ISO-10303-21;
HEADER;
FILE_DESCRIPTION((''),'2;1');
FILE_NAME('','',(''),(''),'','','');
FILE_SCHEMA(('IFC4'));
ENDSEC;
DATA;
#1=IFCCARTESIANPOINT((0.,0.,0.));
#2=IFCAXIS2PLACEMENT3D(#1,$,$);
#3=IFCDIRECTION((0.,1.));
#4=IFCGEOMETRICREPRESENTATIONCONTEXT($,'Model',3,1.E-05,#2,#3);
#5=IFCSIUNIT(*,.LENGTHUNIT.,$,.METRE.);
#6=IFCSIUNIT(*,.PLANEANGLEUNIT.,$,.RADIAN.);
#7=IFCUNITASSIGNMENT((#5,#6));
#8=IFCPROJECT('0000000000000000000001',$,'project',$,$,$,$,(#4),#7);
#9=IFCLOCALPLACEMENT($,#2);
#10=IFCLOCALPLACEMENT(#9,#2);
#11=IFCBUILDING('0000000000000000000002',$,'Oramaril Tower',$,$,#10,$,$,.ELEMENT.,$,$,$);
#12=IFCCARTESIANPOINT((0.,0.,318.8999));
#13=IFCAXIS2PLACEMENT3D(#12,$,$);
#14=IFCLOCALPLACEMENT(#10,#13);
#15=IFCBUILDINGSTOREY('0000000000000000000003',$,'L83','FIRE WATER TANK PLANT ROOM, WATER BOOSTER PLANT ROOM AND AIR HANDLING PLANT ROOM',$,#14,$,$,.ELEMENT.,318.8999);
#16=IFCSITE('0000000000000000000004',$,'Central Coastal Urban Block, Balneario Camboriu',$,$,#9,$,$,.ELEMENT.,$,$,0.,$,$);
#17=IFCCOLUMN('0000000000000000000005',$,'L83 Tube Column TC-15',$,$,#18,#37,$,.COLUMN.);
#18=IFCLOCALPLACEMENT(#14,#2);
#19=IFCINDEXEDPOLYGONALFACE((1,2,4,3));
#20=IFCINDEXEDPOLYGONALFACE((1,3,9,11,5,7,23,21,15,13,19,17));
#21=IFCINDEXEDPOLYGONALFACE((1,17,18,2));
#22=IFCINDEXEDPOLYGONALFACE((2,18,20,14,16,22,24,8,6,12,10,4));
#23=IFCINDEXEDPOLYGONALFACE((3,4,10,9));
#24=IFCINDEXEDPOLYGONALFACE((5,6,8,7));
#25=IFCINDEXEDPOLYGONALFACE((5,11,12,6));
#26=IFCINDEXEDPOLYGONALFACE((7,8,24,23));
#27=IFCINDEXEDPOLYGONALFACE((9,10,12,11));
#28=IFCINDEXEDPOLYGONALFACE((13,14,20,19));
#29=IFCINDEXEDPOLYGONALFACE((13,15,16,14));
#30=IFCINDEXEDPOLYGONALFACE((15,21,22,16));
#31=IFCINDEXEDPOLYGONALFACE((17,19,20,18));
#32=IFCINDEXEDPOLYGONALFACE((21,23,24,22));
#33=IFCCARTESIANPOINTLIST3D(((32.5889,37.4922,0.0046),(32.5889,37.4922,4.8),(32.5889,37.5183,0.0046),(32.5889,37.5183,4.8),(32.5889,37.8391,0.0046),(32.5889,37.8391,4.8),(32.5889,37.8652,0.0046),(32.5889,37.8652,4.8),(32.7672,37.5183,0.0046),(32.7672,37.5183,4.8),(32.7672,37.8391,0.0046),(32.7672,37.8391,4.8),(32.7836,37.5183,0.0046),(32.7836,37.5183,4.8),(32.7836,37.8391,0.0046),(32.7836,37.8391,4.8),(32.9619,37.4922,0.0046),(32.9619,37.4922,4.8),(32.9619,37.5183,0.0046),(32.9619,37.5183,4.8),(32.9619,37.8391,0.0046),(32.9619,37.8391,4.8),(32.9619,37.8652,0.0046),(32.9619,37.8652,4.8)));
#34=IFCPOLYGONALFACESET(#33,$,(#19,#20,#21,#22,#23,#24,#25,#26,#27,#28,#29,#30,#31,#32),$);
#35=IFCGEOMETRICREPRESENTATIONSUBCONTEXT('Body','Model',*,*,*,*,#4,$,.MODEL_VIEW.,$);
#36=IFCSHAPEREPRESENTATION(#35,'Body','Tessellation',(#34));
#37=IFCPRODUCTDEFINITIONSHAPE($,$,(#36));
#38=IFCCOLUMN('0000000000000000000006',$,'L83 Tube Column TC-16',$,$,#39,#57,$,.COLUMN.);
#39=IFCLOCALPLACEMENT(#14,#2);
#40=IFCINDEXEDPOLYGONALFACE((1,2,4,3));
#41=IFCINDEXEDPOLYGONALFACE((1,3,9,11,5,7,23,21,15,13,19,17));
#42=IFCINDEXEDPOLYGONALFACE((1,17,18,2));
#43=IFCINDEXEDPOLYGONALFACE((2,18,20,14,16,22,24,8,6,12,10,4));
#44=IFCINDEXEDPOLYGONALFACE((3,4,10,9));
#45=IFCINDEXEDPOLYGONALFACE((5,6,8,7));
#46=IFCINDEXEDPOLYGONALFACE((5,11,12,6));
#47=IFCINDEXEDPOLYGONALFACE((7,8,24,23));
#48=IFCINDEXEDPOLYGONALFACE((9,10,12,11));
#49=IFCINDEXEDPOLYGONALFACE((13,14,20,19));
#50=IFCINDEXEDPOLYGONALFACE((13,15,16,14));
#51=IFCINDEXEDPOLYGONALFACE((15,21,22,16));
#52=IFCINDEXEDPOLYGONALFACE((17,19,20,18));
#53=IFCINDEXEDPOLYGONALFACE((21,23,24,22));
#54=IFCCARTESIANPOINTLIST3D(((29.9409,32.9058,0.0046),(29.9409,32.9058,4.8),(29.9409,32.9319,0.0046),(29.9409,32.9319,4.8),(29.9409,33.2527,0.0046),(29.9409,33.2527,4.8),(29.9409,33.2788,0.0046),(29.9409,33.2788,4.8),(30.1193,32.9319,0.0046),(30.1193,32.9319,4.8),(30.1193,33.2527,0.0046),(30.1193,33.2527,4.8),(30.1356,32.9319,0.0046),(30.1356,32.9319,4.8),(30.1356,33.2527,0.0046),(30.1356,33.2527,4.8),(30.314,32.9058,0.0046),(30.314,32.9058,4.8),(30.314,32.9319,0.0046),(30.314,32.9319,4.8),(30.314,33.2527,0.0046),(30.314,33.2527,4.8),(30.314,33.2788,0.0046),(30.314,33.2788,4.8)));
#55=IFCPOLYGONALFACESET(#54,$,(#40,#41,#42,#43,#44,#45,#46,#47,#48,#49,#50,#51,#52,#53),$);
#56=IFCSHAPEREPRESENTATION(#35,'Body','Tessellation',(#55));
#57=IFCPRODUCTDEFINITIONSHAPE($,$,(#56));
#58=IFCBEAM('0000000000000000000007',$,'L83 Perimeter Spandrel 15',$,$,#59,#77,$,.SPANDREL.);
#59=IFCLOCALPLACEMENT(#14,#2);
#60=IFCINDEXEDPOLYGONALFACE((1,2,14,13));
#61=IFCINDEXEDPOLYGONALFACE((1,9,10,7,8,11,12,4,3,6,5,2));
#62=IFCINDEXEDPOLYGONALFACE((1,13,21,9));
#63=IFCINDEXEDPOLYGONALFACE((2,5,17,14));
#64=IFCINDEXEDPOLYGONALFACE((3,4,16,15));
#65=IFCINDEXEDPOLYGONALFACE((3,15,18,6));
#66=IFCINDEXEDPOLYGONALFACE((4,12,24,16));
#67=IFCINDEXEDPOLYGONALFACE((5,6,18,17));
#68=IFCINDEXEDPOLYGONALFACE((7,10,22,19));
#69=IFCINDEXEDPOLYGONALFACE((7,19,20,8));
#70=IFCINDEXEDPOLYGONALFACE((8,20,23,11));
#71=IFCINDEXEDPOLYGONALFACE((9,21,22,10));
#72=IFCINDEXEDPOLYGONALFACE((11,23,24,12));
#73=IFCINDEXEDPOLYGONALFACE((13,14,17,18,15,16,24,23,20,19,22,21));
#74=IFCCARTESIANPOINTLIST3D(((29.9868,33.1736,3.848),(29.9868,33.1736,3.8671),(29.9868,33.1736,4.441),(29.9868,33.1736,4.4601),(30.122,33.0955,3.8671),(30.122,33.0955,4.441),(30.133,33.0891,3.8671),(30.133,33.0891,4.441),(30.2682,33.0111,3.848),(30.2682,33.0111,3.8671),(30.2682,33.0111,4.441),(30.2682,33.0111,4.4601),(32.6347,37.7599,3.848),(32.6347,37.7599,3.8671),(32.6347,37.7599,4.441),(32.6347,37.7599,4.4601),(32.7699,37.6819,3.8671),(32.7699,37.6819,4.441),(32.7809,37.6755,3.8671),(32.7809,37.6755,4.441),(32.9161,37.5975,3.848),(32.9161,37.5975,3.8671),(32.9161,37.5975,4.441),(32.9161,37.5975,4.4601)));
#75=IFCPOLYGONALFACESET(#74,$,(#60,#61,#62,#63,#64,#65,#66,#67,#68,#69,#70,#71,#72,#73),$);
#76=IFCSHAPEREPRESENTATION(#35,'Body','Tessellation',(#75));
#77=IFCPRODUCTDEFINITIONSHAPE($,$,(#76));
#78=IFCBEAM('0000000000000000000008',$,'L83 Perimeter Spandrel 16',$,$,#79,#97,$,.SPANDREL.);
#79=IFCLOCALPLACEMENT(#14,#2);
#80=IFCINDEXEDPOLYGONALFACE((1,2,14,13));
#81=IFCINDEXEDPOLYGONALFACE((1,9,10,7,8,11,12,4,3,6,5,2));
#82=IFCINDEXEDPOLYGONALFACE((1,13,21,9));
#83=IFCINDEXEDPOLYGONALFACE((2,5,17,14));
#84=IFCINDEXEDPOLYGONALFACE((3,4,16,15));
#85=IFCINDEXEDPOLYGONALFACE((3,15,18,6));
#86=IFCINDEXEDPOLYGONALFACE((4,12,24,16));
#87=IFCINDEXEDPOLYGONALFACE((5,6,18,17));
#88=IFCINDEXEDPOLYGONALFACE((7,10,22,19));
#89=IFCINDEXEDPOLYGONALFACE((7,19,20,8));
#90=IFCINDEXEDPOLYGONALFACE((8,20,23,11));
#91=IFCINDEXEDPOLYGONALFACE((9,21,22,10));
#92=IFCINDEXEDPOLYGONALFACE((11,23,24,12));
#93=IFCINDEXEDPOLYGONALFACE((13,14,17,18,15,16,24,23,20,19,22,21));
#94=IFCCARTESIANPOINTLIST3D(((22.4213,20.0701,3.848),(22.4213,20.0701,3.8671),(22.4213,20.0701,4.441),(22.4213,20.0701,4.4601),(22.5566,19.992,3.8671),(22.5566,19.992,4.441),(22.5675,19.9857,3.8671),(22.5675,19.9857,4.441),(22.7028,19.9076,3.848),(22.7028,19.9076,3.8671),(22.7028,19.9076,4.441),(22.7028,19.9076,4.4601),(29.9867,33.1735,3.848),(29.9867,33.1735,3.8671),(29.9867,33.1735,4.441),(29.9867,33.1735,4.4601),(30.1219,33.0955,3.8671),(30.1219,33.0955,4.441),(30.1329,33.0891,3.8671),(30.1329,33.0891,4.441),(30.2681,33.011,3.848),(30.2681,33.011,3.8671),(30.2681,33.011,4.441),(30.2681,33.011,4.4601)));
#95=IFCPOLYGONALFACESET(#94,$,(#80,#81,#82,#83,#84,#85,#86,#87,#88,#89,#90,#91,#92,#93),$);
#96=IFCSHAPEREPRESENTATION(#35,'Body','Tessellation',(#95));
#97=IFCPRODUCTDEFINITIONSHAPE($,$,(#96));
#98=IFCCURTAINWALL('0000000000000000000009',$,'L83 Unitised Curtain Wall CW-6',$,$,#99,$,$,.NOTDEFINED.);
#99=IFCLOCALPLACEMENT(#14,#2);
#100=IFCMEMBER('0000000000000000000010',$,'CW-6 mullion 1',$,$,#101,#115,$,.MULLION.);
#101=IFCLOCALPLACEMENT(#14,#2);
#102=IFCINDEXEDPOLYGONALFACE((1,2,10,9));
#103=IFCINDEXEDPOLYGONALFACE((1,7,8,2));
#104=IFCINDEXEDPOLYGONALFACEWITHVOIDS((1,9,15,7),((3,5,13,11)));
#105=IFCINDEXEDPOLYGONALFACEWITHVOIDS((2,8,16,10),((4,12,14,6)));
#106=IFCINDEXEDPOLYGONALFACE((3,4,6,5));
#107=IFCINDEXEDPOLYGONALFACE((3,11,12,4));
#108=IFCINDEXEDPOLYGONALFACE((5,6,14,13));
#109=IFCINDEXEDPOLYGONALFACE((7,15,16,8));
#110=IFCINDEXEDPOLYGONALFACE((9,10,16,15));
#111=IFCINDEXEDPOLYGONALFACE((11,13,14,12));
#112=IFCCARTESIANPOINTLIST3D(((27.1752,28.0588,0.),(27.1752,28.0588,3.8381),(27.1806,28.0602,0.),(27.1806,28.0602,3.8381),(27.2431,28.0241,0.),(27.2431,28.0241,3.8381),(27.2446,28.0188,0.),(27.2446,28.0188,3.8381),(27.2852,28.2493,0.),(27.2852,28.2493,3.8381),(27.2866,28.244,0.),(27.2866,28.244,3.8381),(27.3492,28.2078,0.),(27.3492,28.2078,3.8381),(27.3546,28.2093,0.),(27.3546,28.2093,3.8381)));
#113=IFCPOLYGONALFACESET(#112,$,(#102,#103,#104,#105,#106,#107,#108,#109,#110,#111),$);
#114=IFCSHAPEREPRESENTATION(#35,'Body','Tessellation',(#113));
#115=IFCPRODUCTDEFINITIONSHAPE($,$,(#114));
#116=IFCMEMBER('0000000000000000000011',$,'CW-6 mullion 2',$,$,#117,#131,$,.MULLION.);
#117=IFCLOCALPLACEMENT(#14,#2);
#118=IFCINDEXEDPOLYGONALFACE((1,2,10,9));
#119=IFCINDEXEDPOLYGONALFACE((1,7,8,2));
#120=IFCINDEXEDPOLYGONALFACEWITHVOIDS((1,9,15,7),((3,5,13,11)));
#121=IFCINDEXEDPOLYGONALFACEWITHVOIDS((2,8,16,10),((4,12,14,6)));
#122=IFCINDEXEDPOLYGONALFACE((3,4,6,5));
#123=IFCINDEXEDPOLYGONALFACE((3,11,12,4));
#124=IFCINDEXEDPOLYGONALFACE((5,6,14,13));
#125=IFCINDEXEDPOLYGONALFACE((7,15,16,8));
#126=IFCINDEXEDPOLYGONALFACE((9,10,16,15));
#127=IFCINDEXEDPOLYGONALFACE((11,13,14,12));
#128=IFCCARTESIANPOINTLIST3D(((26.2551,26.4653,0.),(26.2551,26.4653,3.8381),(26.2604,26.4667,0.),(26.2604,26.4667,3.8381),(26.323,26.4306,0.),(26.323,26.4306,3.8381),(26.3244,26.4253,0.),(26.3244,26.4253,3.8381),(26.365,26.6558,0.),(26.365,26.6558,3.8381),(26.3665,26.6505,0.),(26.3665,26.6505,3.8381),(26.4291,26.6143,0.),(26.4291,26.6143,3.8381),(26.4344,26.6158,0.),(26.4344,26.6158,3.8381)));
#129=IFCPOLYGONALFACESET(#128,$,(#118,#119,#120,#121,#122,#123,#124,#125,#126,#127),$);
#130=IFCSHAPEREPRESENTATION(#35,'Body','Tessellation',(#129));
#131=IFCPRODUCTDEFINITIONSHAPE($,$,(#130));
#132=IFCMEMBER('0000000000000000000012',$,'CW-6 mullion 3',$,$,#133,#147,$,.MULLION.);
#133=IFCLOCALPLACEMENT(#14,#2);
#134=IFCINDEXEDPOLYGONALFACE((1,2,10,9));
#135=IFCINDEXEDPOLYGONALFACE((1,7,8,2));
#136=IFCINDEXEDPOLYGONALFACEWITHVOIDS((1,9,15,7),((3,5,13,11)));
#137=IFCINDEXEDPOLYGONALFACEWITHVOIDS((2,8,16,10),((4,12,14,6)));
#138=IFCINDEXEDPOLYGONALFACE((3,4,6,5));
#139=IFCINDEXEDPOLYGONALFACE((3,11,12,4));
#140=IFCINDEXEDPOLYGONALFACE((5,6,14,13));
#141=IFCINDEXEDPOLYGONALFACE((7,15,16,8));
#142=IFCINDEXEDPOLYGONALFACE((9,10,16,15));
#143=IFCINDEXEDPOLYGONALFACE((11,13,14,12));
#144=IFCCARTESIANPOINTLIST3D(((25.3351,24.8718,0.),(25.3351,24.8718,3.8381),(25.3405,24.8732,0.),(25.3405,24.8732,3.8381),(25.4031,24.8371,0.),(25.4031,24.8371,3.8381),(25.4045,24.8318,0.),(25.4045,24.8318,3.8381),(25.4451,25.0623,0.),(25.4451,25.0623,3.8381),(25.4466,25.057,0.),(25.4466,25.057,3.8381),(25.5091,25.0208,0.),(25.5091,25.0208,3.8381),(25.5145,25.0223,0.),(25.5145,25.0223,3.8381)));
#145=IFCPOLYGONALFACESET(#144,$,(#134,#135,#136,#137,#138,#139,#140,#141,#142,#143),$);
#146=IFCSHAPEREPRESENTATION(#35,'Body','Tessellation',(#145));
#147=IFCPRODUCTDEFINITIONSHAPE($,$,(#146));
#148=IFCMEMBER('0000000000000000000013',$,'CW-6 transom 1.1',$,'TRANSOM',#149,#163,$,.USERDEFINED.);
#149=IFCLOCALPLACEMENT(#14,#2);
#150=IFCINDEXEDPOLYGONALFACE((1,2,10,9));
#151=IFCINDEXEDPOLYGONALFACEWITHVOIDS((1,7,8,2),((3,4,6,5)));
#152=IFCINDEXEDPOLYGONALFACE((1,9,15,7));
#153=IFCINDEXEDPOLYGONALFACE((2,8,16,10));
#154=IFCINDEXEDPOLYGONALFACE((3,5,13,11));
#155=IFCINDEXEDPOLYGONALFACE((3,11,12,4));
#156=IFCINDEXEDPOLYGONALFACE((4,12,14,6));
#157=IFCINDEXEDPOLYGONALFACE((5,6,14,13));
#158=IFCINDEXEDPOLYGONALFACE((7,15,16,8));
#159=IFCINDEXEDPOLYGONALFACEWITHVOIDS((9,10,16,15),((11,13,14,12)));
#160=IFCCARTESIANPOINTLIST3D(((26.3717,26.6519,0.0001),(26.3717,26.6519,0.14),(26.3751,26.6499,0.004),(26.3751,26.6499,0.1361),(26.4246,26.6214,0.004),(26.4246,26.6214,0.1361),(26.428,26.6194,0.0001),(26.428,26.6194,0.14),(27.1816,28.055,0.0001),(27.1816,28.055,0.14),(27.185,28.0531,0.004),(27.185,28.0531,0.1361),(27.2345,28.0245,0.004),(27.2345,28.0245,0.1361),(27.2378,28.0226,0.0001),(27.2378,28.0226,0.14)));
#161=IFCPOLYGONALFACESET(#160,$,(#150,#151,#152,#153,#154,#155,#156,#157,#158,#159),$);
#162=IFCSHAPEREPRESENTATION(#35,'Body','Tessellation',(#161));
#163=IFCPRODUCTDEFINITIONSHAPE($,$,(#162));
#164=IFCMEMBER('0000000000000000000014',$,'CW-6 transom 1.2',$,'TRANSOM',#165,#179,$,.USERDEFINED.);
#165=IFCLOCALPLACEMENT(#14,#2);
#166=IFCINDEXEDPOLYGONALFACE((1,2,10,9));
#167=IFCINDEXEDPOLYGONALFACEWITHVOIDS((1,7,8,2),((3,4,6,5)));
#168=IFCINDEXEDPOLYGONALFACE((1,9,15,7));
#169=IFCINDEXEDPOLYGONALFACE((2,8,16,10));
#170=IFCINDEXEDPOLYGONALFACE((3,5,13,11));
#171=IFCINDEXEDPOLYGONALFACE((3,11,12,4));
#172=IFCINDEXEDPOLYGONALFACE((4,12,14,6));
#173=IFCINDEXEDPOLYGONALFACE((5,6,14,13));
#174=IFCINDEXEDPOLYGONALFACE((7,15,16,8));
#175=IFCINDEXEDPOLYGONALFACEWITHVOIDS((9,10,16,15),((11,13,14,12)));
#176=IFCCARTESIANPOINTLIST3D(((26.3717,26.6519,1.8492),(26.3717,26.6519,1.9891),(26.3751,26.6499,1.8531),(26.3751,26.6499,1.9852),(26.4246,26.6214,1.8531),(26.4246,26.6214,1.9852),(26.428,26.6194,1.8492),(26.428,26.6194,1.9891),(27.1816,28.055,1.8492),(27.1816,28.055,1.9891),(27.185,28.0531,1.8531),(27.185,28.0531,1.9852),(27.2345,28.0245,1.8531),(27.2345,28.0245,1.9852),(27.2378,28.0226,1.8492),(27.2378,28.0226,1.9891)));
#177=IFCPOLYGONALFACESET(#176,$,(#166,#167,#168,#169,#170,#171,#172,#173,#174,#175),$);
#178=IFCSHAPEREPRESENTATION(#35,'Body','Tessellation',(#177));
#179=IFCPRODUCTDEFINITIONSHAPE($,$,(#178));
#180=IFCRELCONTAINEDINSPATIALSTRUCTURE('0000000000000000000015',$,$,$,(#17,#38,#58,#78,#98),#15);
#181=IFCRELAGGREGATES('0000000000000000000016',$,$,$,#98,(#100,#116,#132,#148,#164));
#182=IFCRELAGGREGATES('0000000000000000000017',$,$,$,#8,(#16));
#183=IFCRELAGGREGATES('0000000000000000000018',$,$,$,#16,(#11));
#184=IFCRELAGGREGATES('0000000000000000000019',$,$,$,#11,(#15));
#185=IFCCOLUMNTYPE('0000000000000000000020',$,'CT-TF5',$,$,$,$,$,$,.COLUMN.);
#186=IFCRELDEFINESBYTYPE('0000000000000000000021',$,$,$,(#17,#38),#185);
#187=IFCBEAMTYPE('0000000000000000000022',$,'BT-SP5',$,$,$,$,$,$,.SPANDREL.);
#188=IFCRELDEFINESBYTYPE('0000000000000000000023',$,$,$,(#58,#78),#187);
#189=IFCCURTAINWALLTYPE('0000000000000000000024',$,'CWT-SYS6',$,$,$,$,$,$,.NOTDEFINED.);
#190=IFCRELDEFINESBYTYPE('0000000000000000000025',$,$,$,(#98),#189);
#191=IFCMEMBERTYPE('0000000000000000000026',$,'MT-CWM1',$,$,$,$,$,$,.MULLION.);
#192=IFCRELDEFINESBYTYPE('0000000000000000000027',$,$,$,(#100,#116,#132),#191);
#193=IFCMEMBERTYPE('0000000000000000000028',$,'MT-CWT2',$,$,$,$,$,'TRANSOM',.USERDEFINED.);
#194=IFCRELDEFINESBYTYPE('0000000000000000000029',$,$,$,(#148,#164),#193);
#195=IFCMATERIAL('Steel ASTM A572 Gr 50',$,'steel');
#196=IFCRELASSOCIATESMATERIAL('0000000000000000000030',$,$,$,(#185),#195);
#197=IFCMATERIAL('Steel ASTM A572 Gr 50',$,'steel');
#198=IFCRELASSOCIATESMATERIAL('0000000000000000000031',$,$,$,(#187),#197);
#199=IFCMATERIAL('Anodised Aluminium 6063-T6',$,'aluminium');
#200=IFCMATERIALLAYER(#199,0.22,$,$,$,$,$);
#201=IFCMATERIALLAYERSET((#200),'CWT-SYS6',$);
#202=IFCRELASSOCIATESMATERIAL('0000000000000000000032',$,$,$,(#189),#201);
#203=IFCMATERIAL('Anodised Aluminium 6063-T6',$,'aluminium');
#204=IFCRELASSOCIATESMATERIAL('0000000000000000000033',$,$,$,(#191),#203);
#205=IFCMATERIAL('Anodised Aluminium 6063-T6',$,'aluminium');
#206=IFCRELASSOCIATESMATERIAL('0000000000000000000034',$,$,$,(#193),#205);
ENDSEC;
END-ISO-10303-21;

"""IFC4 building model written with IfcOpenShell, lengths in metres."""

from ifc_helpers import new_model, si_unit, direction, frame, origin, origin_2d, place, context, subcontext, project, spatial, hollow_rectangle, i_section, extrude, material, layer, layer_set, material_profile, profile_set, type_object, element, aggregate, save


model = new_model("IFC4")

# Units and contexts
model_context = context("Model", 3, precision=1e-05, world=origin(), true_north=direction((0.0, 1.0)))
body_context = subcontext(model_context, "Body", "Model", "MODEL_VIEW")
ifc_project = project(units=[si_unit("LENGTHUNIT", "METRE"), si_unit("PLANEANGLEUNIT", "RADIAN")], contexts=[model_context])

# Site, building, storey
site_placement = place(None, origin())
site = spatial("IfcSite", under=ifc_project, at=site_placement, Name="Central Coastal Urban Block, Balneario Camboriu", CompositionType="ELEMENT", RefElevation=0.0)
building_placement = place(site_placement, origin())
building = spatial("IfcBuilding", under=site, at=building_placement, Name="Oramaril Tower", CompositionType="ELEMENT")
storey_placement = place(building_placement, frame((0.0, 0.0, 318.8999)))
storey = spatial("IfcBuildingStorey", under=building, at=storey_placement, Name="L83", Description="FIRE WATER TANK PLANT ROOM, WATER BOOSTER PLANT ROOM AND AIR HANDLING PLANT ROOM", CompositionType="ELEMENT", Elevation=318.8999)

# Columns
ifc_material_1 = material(Name="Steel ASTM A572 Gr 50", Category="steel")
ifc_material_profile_1 = material_profile(ifc_material_1, i_section(OverallWidth=0.373, OverallDepth=0.373, WebThickness=0.0164, FlangeThickness=0.0261, at=origin_2d()), Name="W14X132")
ifc_profile_set_1 = profile_set([ifc_material_profile_1], Name="Steel ASTM A572 Gr 50")
column_type = type_object("IfcColumnType", Name="CT-TF5", PredefinedType="COLUMN", material=ifc_profile_set_1)
for number, where, z_axis, x_axis, name in (
    (1, (32.7754, 37.6787, 0.0046), (0.0, 0.0, 1.0), (1.0, 0.0, 0.0), "L83 Tube Column TC-15"),
    (2, (30.1274, 33.0923, 0.0046), (0.0, 0.0, 1.0), (1.0, 0.0, 0.0), "L83 Tube Column TC-16"),
):
    element("IfcColumn", number, at=place(storey_placement, frame(where, z_axis=z_axis, x_axis=x_axis)), inside=storey, type_object=column_type, Name=name, PredefinedType="COLUMN", context=body_context, shape_type="SweptSolid", body=[
        extrude(i_section(OverallWidth=0.373, OverallDepth=0.373, WebThickness=0.0164, FlangeThickness=0.0261, at=origin_2d()), origin(), (0.0, 0.0, 1.0), 4.7954),
    ])

# Beams
ifc_material_2 = material(Name="Steel ASTM A572 Gr 50", Category="steel")
ifc_material_profile_2 = material_profile(ifc_material_2, i_section(OverallWidth=0.325, OverallDepth=0.6121, WebThickness=0.0127, FlangeThickness=0.019, at=origin_2d()), Name="W24X104")
ifc_profile_set_2 = profile_set([ifc_material_profile_2], Name="Steel ASTM A572 Gr 50")
beam_type = type_object("IfcBeamType", Name="BT-SP5", PredefinedType="SPANDREL", material=ifc_profile_set_2)
beam_1_placement = place(storey_placement, frame((32.7754, 37.6787, 4.1541), z_axis=(-0.499996, -0.866027, 0.0), x_axis=(0.866027, -0.499996, 0.0)))
element("IfcBeam", 3, at=beam_1_placement, inside=storey, type_object=beam_type, Name="L83 Perimeter Spandrel 15", PredefinedType="SPANDREL", context=body_context, shape_type="SweptSolid", body=[
    extrude(i_section(OverallWidth=0.325, OverallDepth=0.6121, WebThickness=0.0127, FlangeThickness=0.019, at=origin_2d()), origin(), (0.0, 0.0, 1.0), 5.2959),
])
beam_2_placement = place(storey_placement, frame((30.1274, 33.0923, 4.1541), z_axis=(-0.500006, -0.866022, 0.0), x_axis=(0.866022, -0.500006, 0.0)))
element("IfcBeam", 4, at=beam_2_placement, inside=storey, type_object=beam_type, Name="L83 Perimeter Spandrel 16", PredefinedType="SPANDREL", context=body_context, shape_type="SweptSolid", body=[
    extrude(i_section(OverallWidth=0.325, OverallDepth=0.6121, WebThickness=0.0127, FlangeThickness=0.019, at=origin_2d()), origin(), (0.0, 0.0, 1.0), 15.1306),
])

# Curtain wall, members
ifc_material_3 = material(Name="Anodised Aluminium 6063-T6", Category="aluminium")
ifc_layer_1 = layer(ifc_material_3, 0.22)
ifc_layer_set_1 = layer_set([ifc_layer_1], Name="CWT-SYS6")
curtain_wall_type = type_object("IfcCurtainWallType", Name="CWT-SYS6", PredefinedType="NOTDEFINED", material=ifc_layer_set_1)
curtain_wall_placement = place(storey_placement, origin())
curtain_wall = element("IfcCurtainWall", 5, at=curtain_wall_placement, inside=storey, type_object=curtain_wall_type, Name="L83 Unitised Curtain Wall CW-6", PredefinedType="NOTDEFINED")
ifc_material_4 = material(Name="Anodised Aluminium 6063-T6", Category="aluminium")
ifc_material_profile_3 = material_profile(ifc_material_4, hollow_rectangle(XDim=0.0801, YDim=0.22, WallThickness=0.0039, at=origin_2d()), Name="CWM220X80")
ifc_profile_set_3 = profile_set([ifc_material_profile_3], Name="Anodised Aluminium 6063-T6")
member_type_1 = type_object("IfcMemberType", Name="MT-CWM1", PredefinedType="MULLION", material=ifc_profile_set_3)
member_1_placement = place(storey_placement, frame((27.2649, 28.134, 0.0), z_axis=(0.0, 0.0, 1.0), x_axis=(0.866025, -0.5, 0.0)))
member_1 = element("IfcMember", 6, at=member_1_placement, type_object=member_type_1, Name="CW-6 mullion 1", PredefinedType="MULLION", context=body_context, shape_type="SweptSolid", body=[
    extrude(hollow_rectangle(XDim=0.0801, YDim=0.22, WallThickness=0.0039, at=origin_2d()), origin(), (0.0, 0.0, 1.0), 3.8381),
])
member_2_placement = place(storey_placement, frame((26.3447, 26.5405, 0.0), z_axis=(0.0, 0.0, 1.0), x_axis=(0.866025, -0.5, 0.0)))
member_2 = element("IfcMember", 7, at=member_2_placement, type_object=member_type_1, Name="CW-6 mullion 2", PredefinedType="MULLION", context=body_context, shape_type="SweptSolid", body=[
    extrude(hollow_rectangle(XDim=0.0801, YDim=0.22, WallThickness=0.0039, at=origin_2d()), origin(), (0.0, 0.0, 1.0), 3.8381),
])
member_3_placement = place(storey_placement, frame((25.4248, 24.947, 0.0), z_axis=(0.0, 0.0, 1.0), x_axis=(0.866025, -0.5, 0.0)))
member_3 = element("IfcMember", 8, at=member_3_placement, type_object=member_type_1, Name="CW-6 mullion 3", PredefinedType="MULLION", context=body_context, shape_type="SweptSolid", body=[
    extrude(hollow_rectangle(XDim=0.0801, YDim=0.22, WallThickness=0.0039, at=origin_2d()), origin(), (0.0, 0.0, 1.0), 3.8381),
])
ifc_material_5 = material(Name="Anodised Aluminium 6063-T6", Category="aluminium")
ifc_material_profile_4 = material_profile(ifc_material_5, hollow_rectangle(XDim=0.0649, YDim=0.1399, WallThickness=0.0039, at=origin_2d()), Name="CWT140X65")
ifc_profile_set_4 = profile_set([ifc_material_profile_4], Name="Anodised Aluminium 6063-T6")
member_type_2 = type_object("IfcMemberType", Name="MT-CWT2", ElementType="TRANSOM", PredefinedType="USERDEFINED", material=ifc_profile_set_4)
member_4_placement = place(storey_placement, frame((27.2097, 28.0388, 0.0701), z_axis=(-0.499883, -0.866093, 0.0), x_axis=(0.866093, -0.499883, 0.0)))
member_4 = element("IfcMember", 9, at=member_4_placement, type_object=member_type_2, Name="CW-6 transom 1.1", ObjectType="TRANSOM", PredefinedType="USERDEFINED", context=body_context, shape_type="SweptSolid", body=[
    extrude(hollow_rectangle(XDim=0.0649, YDim=0.1399, WallThickness=0.0039, at=origin_2d()), origin(), (0.0, 0.0, 1.0), 1.6201),
])
member_5_placement = place(storey_placement, frame((27.2097, 28.0388, 1.9192), z_axis=(-0.499883, -0.866093, 0.0), x_axis=(0.866093, -0.499883, 0.0)))
member_5 = element("IfcMember", 10, at=member_5_placement, type_object=member_type_2, Name="CW-6 transom 1.2", ObjectType="TRANSOM", PredefinedType="USERDEFINED", context=body_context, shape_type="SweptSolid", body=[
    extrude(hollow_rectangle(XDim=0.0649, YDim=0.1399, WallThickness=0.0039, at=origin_2d()), origin(), (0.0, 0.0, 1.0), 1.6201),
])

aggregate(curtain_wall, [member_1, member_2, member_3, member_4, member_5])

save(model, "model.ifc")
